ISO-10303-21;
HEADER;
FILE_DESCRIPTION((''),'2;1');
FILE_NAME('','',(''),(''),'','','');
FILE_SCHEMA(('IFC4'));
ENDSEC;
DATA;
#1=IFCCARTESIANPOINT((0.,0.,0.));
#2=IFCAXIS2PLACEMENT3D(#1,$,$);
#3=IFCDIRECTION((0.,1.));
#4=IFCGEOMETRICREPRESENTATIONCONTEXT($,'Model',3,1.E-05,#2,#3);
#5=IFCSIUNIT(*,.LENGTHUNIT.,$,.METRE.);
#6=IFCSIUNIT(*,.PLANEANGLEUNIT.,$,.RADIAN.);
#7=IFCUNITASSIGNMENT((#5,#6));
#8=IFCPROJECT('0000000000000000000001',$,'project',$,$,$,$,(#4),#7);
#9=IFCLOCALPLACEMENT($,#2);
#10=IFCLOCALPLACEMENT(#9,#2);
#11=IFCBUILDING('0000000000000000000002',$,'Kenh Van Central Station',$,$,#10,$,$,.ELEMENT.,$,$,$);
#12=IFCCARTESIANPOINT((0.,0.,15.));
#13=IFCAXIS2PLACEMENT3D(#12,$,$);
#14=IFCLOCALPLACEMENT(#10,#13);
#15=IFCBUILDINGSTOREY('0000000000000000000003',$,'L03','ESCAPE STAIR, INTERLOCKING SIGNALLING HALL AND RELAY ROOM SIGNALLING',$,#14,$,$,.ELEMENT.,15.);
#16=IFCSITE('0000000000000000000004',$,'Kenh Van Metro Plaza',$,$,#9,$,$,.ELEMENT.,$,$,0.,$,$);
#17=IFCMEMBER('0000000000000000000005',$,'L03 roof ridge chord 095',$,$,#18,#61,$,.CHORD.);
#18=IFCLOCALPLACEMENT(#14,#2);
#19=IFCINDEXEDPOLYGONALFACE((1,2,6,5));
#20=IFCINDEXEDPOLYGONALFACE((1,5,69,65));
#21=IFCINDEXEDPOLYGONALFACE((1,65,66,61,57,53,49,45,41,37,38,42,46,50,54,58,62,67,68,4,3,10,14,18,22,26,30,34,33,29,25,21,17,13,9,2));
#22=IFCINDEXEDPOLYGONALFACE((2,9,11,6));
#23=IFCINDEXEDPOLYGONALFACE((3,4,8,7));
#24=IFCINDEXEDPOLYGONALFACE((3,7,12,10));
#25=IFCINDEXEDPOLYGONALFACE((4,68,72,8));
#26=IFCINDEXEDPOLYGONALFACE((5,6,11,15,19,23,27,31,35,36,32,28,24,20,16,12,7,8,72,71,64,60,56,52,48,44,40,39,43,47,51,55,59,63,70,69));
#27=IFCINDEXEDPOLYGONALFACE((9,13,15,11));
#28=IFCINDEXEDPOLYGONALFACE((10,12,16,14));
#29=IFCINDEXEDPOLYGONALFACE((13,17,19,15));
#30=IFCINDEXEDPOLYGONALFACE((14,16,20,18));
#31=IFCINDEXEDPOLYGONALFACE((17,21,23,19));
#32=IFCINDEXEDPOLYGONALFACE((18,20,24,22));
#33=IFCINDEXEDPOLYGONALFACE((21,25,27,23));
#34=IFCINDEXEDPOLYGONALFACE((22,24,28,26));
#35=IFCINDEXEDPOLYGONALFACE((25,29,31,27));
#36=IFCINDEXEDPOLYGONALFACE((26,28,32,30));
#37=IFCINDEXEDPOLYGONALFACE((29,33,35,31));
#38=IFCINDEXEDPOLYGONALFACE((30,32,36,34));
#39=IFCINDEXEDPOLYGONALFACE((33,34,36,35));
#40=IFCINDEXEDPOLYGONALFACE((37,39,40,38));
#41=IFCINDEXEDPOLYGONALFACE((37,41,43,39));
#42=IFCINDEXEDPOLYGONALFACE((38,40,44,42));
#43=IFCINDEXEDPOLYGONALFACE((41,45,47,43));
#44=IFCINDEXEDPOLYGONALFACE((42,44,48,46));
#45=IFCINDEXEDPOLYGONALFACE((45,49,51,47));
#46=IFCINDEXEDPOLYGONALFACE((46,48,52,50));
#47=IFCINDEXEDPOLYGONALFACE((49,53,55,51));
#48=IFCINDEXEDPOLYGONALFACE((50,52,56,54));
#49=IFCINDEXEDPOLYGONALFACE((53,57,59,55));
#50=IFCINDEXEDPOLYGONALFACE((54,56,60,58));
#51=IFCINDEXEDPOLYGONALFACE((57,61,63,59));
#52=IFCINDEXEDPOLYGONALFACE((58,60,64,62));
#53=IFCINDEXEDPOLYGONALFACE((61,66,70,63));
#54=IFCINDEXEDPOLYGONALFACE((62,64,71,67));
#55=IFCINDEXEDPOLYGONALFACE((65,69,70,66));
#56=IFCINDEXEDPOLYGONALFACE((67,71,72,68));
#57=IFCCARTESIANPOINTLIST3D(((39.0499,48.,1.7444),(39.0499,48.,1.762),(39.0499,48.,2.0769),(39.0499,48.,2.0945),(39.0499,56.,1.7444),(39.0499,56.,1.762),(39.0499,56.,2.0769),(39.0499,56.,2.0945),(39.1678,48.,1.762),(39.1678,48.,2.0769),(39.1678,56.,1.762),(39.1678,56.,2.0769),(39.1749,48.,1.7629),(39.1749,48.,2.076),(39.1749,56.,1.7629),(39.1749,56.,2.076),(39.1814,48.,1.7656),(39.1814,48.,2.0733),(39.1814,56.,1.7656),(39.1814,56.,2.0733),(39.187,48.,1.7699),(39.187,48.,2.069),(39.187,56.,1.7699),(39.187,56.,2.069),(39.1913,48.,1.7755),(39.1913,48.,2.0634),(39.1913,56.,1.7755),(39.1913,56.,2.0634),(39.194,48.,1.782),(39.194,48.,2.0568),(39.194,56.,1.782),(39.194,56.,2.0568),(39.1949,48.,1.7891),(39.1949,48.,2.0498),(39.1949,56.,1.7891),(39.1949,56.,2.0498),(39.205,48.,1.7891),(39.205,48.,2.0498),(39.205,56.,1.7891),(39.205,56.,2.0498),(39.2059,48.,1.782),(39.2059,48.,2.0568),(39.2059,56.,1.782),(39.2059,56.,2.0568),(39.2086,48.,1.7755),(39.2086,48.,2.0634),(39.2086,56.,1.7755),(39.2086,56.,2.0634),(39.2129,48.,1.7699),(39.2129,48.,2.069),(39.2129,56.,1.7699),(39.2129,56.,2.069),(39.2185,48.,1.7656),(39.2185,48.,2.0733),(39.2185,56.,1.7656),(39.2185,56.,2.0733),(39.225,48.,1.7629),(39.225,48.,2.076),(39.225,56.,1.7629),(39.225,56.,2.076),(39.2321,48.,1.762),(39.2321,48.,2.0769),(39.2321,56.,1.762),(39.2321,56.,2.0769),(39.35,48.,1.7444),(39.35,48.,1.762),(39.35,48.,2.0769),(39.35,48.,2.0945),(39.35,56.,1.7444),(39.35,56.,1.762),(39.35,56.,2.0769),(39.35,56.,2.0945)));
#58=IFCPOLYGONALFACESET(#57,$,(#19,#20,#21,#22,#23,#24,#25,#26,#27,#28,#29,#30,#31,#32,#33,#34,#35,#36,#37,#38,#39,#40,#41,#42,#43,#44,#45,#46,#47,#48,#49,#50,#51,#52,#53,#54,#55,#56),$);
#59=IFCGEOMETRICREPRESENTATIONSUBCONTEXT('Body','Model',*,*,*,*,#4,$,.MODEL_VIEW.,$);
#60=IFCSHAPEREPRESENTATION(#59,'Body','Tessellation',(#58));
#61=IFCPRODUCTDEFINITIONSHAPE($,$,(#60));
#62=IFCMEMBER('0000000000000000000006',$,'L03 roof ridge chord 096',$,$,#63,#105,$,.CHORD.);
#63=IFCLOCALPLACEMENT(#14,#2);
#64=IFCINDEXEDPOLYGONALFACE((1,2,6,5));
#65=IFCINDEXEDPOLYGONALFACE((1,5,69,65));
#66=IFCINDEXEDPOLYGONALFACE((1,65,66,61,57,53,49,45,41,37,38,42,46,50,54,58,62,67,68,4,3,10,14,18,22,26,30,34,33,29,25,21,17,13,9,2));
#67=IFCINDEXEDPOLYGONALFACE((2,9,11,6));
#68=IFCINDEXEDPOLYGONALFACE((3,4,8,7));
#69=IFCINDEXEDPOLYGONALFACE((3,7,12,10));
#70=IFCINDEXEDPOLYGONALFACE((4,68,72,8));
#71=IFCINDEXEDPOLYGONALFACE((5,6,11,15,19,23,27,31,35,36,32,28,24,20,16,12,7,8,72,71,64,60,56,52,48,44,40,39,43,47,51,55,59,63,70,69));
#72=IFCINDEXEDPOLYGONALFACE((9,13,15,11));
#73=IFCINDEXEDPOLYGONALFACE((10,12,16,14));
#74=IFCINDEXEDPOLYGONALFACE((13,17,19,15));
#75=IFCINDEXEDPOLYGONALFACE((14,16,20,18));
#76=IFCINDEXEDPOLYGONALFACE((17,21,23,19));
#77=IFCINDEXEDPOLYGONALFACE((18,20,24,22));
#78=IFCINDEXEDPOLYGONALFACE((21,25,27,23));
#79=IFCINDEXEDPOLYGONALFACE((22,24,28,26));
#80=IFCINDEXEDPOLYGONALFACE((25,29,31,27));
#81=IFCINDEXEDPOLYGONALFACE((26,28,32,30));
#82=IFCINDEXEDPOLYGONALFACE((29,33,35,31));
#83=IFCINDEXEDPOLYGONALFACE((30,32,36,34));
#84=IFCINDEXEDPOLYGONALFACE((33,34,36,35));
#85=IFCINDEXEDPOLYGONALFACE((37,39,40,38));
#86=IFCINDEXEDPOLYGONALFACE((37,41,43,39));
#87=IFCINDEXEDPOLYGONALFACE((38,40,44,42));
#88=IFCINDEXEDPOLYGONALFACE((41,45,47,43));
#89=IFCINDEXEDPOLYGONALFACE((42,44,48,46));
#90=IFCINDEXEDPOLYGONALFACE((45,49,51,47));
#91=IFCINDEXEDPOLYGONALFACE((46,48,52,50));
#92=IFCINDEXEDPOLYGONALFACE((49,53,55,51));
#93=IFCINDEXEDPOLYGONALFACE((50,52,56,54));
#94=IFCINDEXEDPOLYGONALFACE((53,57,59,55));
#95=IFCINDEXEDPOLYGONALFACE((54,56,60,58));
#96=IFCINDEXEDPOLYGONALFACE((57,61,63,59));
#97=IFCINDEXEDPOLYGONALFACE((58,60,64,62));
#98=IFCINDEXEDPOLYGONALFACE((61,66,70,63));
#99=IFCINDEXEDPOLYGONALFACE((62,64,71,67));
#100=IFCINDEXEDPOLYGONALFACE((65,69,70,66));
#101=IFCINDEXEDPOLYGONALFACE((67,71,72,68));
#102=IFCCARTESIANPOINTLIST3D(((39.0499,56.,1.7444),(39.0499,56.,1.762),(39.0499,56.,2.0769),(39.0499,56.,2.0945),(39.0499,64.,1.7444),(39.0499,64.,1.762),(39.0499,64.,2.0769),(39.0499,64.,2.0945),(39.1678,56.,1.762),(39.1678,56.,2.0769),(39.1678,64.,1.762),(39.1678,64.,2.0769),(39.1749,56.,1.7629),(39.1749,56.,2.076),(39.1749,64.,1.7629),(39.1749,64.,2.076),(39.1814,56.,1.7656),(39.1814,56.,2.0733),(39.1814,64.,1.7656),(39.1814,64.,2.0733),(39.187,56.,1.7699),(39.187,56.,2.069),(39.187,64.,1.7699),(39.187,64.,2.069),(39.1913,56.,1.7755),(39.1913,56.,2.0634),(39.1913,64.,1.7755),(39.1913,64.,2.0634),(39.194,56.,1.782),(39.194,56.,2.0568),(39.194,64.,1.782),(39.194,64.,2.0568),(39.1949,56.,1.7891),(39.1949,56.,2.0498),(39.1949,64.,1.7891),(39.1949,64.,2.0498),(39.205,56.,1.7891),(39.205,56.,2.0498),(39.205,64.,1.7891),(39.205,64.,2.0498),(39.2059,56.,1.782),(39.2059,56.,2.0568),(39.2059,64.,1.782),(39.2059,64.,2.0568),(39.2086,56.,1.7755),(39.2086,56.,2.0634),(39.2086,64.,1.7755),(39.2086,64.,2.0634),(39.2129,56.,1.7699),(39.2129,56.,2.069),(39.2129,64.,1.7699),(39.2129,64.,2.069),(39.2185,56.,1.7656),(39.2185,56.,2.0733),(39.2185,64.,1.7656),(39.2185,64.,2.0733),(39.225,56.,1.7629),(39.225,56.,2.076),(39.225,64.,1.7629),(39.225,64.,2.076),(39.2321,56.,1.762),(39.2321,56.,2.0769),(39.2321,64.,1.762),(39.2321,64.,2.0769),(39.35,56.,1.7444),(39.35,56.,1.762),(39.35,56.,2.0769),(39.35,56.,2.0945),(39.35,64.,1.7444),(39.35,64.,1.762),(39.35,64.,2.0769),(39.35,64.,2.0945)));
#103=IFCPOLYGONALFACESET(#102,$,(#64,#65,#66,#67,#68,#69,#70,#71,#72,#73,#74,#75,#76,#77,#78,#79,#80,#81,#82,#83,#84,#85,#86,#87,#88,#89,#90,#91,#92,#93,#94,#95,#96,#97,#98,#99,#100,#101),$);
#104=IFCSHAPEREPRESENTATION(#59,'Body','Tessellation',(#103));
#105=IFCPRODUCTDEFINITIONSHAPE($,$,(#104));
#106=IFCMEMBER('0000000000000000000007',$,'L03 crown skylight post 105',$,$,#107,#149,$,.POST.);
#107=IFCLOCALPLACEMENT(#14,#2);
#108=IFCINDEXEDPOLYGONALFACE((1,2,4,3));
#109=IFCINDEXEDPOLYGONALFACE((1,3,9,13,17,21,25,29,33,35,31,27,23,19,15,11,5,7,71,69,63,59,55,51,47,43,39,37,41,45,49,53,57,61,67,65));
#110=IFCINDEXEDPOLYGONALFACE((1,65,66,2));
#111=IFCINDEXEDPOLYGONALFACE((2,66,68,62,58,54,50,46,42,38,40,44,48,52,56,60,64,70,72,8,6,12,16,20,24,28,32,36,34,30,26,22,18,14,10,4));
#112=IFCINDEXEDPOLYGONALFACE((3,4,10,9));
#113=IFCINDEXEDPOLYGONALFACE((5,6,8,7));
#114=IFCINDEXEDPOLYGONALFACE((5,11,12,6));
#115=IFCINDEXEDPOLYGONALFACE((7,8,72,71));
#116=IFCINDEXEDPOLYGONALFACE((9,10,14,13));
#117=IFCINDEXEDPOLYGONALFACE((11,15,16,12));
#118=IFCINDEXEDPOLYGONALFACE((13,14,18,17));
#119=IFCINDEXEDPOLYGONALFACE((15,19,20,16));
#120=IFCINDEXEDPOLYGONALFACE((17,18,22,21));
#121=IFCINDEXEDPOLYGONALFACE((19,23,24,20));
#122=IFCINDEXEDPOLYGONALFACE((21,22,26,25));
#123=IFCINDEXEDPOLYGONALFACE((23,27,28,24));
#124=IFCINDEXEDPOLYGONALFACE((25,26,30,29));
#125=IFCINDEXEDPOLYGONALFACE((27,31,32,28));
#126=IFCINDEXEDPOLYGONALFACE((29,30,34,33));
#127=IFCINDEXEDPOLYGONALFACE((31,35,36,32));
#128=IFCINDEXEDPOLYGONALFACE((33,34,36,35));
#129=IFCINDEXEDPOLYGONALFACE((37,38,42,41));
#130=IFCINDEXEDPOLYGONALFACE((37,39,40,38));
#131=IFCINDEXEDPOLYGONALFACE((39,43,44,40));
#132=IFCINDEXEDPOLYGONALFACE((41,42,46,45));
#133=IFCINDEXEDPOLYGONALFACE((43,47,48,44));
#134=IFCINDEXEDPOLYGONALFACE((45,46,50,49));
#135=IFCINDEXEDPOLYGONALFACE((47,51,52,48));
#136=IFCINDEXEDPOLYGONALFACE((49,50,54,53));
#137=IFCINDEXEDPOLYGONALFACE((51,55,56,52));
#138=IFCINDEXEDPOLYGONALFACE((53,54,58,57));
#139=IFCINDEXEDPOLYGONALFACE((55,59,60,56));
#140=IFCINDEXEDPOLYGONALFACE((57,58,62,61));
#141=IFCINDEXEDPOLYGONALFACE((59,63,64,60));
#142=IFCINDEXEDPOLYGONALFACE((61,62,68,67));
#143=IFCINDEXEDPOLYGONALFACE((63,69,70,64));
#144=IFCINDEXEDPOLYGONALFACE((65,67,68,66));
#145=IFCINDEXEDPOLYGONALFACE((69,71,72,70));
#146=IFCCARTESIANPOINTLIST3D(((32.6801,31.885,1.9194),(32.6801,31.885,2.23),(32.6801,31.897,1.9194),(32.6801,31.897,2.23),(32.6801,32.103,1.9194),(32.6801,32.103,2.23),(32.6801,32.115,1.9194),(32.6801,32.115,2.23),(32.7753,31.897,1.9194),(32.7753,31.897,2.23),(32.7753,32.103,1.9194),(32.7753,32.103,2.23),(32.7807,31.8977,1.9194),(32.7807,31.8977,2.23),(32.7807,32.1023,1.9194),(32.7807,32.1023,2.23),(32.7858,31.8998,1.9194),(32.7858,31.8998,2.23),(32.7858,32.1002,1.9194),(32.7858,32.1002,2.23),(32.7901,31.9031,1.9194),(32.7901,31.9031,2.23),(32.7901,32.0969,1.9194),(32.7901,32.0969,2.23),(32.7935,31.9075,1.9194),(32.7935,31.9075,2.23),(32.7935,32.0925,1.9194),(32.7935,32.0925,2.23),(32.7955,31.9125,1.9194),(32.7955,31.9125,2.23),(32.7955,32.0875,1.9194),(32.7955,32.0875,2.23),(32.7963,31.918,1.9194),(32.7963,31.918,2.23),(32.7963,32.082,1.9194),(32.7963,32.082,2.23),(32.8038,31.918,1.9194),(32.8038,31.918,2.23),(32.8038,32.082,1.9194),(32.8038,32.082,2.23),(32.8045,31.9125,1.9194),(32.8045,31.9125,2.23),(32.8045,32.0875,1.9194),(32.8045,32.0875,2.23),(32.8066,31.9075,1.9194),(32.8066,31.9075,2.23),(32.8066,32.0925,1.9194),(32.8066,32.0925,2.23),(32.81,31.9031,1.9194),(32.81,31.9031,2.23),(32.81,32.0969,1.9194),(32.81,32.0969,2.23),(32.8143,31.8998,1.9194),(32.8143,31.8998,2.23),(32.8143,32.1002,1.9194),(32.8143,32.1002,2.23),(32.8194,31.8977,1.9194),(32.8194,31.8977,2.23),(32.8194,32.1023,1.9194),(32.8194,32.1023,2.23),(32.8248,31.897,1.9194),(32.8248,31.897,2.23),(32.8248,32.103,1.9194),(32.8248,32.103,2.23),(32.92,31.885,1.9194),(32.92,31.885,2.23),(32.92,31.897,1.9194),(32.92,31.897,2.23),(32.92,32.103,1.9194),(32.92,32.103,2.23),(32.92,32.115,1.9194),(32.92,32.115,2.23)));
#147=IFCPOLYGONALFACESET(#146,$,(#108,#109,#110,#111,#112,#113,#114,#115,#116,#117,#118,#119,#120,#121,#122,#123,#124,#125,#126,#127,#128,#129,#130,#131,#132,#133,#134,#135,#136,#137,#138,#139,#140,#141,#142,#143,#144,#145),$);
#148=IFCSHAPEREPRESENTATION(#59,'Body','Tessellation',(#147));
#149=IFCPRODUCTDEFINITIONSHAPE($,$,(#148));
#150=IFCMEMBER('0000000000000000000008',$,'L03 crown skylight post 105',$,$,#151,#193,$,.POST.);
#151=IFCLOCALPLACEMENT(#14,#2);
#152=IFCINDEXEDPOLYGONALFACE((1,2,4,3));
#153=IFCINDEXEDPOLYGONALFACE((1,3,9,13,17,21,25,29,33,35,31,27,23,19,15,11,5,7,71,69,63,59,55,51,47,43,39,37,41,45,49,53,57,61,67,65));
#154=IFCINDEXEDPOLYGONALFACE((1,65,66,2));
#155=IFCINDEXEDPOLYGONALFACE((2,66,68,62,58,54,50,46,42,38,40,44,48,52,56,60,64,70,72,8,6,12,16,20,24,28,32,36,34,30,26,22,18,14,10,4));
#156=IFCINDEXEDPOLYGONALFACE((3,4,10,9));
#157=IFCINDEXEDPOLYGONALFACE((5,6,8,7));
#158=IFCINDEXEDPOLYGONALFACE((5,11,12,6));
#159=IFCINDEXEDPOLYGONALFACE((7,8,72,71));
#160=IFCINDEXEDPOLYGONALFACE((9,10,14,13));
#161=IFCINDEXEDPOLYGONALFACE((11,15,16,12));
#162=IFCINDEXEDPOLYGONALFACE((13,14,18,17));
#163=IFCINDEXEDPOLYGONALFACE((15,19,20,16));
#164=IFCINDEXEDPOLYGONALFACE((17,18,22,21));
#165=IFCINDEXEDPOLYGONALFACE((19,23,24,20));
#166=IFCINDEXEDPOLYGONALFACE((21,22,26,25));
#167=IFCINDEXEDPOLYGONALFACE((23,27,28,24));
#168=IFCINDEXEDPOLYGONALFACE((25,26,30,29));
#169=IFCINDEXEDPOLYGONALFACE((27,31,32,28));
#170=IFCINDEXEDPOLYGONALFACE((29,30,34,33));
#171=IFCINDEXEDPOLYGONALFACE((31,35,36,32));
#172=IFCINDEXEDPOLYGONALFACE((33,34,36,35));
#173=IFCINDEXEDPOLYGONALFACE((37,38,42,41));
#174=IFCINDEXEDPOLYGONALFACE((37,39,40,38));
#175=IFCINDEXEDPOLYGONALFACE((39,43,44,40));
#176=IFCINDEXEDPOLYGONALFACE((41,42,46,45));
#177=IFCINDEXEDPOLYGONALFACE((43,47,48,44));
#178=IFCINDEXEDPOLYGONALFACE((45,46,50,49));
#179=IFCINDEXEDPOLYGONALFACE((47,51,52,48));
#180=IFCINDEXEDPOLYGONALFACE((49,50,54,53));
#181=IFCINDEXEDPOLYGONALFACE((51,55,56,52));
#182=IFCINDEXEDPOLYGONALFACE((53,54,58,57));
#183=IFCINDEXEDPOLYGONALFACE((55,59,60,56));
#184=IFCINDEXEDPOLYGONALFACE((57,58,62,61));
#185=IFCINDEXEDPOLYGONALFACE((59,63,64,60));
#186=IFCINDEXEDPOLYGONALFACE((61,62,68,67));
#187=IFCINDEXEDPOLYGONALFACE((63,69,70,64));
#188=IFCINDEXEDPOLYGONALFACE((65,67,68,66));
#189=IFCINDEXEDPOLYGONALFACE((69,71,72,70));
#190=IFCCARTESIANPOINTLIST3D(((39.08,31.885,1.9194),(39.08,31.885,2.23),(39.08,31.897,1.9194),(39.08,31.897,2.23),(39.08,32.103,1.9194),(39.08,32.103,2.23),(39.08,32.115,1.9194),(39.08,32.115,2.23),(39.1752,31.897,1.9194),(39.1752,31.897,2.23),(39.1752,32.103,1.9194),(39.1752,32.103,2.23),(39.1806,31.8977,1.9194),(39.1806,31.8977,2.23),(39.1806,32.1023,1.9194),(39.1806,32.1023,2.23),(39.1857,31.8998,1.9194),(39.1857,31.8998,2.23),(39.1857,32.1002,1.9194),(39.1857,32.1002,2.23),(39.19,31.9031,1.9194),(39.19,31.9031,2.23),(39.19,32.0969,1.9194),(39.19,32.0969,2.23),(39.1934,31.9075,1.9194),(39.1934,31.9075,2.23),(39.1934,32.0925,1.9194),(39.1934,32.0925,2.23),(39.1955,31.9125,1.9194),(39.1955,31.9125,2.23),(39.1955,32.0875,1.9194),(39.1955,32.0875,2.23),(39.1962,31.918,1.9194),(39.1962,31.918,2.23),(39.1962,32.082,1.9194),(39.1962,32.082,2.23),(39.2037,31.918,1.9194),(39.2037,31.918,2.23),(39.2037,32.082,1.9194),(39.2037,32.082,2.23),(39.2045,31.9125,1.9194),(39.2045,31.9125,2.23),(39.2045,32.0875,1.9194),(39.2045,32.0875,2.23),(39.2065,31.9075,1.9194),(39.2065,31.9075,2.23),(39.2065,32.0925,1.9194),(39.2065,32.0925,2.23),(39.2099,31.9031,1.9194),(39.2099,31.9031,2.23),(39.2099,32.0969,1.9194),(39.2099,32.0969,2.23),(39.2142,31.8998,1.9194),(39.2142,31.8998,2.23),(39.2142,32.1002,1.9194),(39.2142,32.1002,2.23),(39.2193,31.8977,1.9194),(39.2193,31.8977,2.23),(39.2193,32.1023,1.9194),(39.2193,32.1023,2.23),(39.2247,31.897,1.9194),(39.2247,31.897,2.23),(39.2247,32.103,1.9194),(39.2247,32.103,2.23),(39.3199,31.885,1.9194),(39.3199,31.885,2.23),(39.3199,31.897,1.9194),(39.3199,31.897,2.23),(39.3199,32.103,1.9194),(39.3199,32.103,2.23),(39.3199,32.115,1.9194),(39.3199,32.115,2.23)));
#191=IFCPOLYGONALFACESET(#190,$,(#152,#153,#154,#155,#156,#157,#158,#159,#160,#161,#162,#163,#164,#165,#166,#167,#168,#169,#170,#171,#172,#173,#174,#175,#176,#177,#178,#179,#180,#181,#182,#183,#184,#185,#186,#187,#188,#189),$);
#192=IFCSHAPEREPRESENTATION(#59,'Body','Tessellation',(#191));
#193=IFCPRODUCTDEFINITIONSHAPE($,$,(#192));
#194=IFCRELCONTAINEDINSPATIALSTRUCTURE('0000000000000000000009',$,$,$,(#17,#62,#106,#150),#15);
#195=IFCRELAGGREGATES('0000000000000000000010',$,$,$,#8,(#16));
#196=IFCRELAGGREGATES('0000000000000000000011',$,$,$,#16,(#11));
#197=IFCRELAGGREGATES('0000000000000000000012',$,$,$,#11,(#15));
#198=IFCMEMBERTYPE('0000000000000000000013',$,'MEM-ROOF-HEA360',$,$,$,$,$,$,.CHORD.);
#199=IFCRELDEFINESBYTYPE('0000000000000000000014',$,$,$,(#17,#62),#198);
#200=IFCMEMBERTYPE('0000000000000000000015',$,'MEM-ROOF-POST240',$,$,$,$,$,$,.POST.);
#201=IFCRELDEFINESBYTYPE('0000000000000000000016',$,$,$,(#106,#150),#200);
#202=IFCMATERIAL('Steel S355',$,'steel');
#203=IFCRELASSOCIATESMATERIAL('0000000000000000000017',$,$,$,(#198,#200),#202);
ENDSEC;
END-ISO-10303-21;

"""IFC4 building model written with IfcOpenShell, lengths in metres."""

from ifc_helpers import new_model, si_unit, direction, frame, origin, origin_2d, place, context, subcontext, project, spatial, i_section, extrude, material, material_profile, profile_set, type_object, element, save


model = new_model("IFC4")

# Units and contexts
model_context = context("Model", 3, precision=1e-05, world=origin(), true_north=direction((0.0, 1.0)))
body_context = subcontext(model_context, "Body", "Model", "MODEL_VIEW")
ifc_project = project(units=[si_unit("LENGTHUNIT", "METRE"), si_unit("PLANEANGLEUNIT", "RADIAN")], contexts=[model_context])

# Site, building, storey
site_placement = place(None, origin())
site = spatial("IfcSite", under=ifc_project, at=site_placement, Name="Kenh Van Metro Plaza", CompositionType="ELEMENT", RefElevation=0.0)
building_placement = place(site_placement, origin())
building = spatial("IfcBuilding", under=site, at=building_placement, Name="Kenh Van Central Station", CompositionType="ELEMENT")
storey_placement = place(building_placement, frame((0.0, 0.0, 15.0)))
storey = spatial("IfcBuildingStorey", under=building, at=storey_placement, Name="L03", Description="ESCAPE STAIR, INTERLOCKING SIGNALLING HALL AND RELAY ROOM SIGNALLING", CompositionType="ELEMENT", Elevation=15.0)

# Shared definitions
ifc_material_1 = material(Name="Steel S355", Category="steel")

# Members
ifc_material_profile_1 = material_profile(ifc_material_1, i_section(OverallWidth=0.3, OverallDepth=0.3501, WebThickness=0.01, FlangeThickness=0.0176, FilletRadius=0.0271, at=origin_2d()), Name="HEA 360")
ifc_profile_set_1 = profile_set([ifc_material_profile_1], Name="Steel S355")
member_type_1 = type_object("IfcMemberType", Name="MEM-ROOF-HEA360", PredefinedType="CHORD", material=ifc_profile_set_1)
for number, where, z_axis, x_axis, name in (
    (1, (39.2, 48.0, 1.9194), (0.0, 1.0, 0.0), (-1.0, 0.0, 0.0), "L03 roof ridge chord 095"),
    (2, (39.2, 56.0, 1.9194), (0.0, 1.0, 0.0), (-1.0, 0.0, 0.0), "L03 roof ridge chord 096"),
):
    element("IfcMember", number, at=place(storey_placement, frame(where, z_axis=z_axis, x_axis=x_axis)), inside=storey, type_object=member_type_1, Name=name, PredefinedType="CHORD", context=body_context, shape_type="SweptSolid", body=[
        extrude(i_section(OverallWidth=0.3, OverallDepth=0.3501, WebThickness=0.01, FlangeThickness=0.0176, FilletRadius=0.0271, at=origin_2d()), origin(), (0.0, 0.0, 1.0), 8.0),
    ])
ifc_material_profile_2 = material_profile(ifc_material_1, i_section(OverallWidth=0.24, OverallDepth=0.23, WebThickness=0.0076, FlangeThickness=0.012, FilletRadius=0.021, at=origin_2d()), Name="HEA 240")
ifc_profile_set_2 = profile_set([ifc_material_profile_2], Name="Steel S355")
member_type_2 = type_object("IfcMemberType", Name="MEM-ROOF-POST240", PredefinedType="POST", material=ifc_profile_set_2)
for number, where, z_axis, x_axis, name in (
    (3, (32.8, 32.0, 1.9194), (0.0, 0.0, 1.0), (1.0, 0.0, 0.0), "L03 crown skylight post 105"),
    (4, (39.2, 32.0, 1.9194), (0.0, 0.0, 1.0), (1.0, 0.0, 0.0), "L03 crown skylight post 105"),
):
    element("IfcMember", number, at=place(storey_placement, frame(where, z_axis=z_axis, x_axis=x_axis)), inside=storey, type_object=member_type_2, Name=name, PredefinedType="POST", context=body_context, shape_type="SweptSolid", body=[
        extrude(i_section(OverallWidth=0.24, OverallDepth=0.23, WebThickness=0.0076, FlangeThickness=0.012, FilletRadius=0.021, at=origin_2d()), origin(), (0.0, 0.0, 1.0), 0.3105),
    ])

save(model, "model.ifc")
